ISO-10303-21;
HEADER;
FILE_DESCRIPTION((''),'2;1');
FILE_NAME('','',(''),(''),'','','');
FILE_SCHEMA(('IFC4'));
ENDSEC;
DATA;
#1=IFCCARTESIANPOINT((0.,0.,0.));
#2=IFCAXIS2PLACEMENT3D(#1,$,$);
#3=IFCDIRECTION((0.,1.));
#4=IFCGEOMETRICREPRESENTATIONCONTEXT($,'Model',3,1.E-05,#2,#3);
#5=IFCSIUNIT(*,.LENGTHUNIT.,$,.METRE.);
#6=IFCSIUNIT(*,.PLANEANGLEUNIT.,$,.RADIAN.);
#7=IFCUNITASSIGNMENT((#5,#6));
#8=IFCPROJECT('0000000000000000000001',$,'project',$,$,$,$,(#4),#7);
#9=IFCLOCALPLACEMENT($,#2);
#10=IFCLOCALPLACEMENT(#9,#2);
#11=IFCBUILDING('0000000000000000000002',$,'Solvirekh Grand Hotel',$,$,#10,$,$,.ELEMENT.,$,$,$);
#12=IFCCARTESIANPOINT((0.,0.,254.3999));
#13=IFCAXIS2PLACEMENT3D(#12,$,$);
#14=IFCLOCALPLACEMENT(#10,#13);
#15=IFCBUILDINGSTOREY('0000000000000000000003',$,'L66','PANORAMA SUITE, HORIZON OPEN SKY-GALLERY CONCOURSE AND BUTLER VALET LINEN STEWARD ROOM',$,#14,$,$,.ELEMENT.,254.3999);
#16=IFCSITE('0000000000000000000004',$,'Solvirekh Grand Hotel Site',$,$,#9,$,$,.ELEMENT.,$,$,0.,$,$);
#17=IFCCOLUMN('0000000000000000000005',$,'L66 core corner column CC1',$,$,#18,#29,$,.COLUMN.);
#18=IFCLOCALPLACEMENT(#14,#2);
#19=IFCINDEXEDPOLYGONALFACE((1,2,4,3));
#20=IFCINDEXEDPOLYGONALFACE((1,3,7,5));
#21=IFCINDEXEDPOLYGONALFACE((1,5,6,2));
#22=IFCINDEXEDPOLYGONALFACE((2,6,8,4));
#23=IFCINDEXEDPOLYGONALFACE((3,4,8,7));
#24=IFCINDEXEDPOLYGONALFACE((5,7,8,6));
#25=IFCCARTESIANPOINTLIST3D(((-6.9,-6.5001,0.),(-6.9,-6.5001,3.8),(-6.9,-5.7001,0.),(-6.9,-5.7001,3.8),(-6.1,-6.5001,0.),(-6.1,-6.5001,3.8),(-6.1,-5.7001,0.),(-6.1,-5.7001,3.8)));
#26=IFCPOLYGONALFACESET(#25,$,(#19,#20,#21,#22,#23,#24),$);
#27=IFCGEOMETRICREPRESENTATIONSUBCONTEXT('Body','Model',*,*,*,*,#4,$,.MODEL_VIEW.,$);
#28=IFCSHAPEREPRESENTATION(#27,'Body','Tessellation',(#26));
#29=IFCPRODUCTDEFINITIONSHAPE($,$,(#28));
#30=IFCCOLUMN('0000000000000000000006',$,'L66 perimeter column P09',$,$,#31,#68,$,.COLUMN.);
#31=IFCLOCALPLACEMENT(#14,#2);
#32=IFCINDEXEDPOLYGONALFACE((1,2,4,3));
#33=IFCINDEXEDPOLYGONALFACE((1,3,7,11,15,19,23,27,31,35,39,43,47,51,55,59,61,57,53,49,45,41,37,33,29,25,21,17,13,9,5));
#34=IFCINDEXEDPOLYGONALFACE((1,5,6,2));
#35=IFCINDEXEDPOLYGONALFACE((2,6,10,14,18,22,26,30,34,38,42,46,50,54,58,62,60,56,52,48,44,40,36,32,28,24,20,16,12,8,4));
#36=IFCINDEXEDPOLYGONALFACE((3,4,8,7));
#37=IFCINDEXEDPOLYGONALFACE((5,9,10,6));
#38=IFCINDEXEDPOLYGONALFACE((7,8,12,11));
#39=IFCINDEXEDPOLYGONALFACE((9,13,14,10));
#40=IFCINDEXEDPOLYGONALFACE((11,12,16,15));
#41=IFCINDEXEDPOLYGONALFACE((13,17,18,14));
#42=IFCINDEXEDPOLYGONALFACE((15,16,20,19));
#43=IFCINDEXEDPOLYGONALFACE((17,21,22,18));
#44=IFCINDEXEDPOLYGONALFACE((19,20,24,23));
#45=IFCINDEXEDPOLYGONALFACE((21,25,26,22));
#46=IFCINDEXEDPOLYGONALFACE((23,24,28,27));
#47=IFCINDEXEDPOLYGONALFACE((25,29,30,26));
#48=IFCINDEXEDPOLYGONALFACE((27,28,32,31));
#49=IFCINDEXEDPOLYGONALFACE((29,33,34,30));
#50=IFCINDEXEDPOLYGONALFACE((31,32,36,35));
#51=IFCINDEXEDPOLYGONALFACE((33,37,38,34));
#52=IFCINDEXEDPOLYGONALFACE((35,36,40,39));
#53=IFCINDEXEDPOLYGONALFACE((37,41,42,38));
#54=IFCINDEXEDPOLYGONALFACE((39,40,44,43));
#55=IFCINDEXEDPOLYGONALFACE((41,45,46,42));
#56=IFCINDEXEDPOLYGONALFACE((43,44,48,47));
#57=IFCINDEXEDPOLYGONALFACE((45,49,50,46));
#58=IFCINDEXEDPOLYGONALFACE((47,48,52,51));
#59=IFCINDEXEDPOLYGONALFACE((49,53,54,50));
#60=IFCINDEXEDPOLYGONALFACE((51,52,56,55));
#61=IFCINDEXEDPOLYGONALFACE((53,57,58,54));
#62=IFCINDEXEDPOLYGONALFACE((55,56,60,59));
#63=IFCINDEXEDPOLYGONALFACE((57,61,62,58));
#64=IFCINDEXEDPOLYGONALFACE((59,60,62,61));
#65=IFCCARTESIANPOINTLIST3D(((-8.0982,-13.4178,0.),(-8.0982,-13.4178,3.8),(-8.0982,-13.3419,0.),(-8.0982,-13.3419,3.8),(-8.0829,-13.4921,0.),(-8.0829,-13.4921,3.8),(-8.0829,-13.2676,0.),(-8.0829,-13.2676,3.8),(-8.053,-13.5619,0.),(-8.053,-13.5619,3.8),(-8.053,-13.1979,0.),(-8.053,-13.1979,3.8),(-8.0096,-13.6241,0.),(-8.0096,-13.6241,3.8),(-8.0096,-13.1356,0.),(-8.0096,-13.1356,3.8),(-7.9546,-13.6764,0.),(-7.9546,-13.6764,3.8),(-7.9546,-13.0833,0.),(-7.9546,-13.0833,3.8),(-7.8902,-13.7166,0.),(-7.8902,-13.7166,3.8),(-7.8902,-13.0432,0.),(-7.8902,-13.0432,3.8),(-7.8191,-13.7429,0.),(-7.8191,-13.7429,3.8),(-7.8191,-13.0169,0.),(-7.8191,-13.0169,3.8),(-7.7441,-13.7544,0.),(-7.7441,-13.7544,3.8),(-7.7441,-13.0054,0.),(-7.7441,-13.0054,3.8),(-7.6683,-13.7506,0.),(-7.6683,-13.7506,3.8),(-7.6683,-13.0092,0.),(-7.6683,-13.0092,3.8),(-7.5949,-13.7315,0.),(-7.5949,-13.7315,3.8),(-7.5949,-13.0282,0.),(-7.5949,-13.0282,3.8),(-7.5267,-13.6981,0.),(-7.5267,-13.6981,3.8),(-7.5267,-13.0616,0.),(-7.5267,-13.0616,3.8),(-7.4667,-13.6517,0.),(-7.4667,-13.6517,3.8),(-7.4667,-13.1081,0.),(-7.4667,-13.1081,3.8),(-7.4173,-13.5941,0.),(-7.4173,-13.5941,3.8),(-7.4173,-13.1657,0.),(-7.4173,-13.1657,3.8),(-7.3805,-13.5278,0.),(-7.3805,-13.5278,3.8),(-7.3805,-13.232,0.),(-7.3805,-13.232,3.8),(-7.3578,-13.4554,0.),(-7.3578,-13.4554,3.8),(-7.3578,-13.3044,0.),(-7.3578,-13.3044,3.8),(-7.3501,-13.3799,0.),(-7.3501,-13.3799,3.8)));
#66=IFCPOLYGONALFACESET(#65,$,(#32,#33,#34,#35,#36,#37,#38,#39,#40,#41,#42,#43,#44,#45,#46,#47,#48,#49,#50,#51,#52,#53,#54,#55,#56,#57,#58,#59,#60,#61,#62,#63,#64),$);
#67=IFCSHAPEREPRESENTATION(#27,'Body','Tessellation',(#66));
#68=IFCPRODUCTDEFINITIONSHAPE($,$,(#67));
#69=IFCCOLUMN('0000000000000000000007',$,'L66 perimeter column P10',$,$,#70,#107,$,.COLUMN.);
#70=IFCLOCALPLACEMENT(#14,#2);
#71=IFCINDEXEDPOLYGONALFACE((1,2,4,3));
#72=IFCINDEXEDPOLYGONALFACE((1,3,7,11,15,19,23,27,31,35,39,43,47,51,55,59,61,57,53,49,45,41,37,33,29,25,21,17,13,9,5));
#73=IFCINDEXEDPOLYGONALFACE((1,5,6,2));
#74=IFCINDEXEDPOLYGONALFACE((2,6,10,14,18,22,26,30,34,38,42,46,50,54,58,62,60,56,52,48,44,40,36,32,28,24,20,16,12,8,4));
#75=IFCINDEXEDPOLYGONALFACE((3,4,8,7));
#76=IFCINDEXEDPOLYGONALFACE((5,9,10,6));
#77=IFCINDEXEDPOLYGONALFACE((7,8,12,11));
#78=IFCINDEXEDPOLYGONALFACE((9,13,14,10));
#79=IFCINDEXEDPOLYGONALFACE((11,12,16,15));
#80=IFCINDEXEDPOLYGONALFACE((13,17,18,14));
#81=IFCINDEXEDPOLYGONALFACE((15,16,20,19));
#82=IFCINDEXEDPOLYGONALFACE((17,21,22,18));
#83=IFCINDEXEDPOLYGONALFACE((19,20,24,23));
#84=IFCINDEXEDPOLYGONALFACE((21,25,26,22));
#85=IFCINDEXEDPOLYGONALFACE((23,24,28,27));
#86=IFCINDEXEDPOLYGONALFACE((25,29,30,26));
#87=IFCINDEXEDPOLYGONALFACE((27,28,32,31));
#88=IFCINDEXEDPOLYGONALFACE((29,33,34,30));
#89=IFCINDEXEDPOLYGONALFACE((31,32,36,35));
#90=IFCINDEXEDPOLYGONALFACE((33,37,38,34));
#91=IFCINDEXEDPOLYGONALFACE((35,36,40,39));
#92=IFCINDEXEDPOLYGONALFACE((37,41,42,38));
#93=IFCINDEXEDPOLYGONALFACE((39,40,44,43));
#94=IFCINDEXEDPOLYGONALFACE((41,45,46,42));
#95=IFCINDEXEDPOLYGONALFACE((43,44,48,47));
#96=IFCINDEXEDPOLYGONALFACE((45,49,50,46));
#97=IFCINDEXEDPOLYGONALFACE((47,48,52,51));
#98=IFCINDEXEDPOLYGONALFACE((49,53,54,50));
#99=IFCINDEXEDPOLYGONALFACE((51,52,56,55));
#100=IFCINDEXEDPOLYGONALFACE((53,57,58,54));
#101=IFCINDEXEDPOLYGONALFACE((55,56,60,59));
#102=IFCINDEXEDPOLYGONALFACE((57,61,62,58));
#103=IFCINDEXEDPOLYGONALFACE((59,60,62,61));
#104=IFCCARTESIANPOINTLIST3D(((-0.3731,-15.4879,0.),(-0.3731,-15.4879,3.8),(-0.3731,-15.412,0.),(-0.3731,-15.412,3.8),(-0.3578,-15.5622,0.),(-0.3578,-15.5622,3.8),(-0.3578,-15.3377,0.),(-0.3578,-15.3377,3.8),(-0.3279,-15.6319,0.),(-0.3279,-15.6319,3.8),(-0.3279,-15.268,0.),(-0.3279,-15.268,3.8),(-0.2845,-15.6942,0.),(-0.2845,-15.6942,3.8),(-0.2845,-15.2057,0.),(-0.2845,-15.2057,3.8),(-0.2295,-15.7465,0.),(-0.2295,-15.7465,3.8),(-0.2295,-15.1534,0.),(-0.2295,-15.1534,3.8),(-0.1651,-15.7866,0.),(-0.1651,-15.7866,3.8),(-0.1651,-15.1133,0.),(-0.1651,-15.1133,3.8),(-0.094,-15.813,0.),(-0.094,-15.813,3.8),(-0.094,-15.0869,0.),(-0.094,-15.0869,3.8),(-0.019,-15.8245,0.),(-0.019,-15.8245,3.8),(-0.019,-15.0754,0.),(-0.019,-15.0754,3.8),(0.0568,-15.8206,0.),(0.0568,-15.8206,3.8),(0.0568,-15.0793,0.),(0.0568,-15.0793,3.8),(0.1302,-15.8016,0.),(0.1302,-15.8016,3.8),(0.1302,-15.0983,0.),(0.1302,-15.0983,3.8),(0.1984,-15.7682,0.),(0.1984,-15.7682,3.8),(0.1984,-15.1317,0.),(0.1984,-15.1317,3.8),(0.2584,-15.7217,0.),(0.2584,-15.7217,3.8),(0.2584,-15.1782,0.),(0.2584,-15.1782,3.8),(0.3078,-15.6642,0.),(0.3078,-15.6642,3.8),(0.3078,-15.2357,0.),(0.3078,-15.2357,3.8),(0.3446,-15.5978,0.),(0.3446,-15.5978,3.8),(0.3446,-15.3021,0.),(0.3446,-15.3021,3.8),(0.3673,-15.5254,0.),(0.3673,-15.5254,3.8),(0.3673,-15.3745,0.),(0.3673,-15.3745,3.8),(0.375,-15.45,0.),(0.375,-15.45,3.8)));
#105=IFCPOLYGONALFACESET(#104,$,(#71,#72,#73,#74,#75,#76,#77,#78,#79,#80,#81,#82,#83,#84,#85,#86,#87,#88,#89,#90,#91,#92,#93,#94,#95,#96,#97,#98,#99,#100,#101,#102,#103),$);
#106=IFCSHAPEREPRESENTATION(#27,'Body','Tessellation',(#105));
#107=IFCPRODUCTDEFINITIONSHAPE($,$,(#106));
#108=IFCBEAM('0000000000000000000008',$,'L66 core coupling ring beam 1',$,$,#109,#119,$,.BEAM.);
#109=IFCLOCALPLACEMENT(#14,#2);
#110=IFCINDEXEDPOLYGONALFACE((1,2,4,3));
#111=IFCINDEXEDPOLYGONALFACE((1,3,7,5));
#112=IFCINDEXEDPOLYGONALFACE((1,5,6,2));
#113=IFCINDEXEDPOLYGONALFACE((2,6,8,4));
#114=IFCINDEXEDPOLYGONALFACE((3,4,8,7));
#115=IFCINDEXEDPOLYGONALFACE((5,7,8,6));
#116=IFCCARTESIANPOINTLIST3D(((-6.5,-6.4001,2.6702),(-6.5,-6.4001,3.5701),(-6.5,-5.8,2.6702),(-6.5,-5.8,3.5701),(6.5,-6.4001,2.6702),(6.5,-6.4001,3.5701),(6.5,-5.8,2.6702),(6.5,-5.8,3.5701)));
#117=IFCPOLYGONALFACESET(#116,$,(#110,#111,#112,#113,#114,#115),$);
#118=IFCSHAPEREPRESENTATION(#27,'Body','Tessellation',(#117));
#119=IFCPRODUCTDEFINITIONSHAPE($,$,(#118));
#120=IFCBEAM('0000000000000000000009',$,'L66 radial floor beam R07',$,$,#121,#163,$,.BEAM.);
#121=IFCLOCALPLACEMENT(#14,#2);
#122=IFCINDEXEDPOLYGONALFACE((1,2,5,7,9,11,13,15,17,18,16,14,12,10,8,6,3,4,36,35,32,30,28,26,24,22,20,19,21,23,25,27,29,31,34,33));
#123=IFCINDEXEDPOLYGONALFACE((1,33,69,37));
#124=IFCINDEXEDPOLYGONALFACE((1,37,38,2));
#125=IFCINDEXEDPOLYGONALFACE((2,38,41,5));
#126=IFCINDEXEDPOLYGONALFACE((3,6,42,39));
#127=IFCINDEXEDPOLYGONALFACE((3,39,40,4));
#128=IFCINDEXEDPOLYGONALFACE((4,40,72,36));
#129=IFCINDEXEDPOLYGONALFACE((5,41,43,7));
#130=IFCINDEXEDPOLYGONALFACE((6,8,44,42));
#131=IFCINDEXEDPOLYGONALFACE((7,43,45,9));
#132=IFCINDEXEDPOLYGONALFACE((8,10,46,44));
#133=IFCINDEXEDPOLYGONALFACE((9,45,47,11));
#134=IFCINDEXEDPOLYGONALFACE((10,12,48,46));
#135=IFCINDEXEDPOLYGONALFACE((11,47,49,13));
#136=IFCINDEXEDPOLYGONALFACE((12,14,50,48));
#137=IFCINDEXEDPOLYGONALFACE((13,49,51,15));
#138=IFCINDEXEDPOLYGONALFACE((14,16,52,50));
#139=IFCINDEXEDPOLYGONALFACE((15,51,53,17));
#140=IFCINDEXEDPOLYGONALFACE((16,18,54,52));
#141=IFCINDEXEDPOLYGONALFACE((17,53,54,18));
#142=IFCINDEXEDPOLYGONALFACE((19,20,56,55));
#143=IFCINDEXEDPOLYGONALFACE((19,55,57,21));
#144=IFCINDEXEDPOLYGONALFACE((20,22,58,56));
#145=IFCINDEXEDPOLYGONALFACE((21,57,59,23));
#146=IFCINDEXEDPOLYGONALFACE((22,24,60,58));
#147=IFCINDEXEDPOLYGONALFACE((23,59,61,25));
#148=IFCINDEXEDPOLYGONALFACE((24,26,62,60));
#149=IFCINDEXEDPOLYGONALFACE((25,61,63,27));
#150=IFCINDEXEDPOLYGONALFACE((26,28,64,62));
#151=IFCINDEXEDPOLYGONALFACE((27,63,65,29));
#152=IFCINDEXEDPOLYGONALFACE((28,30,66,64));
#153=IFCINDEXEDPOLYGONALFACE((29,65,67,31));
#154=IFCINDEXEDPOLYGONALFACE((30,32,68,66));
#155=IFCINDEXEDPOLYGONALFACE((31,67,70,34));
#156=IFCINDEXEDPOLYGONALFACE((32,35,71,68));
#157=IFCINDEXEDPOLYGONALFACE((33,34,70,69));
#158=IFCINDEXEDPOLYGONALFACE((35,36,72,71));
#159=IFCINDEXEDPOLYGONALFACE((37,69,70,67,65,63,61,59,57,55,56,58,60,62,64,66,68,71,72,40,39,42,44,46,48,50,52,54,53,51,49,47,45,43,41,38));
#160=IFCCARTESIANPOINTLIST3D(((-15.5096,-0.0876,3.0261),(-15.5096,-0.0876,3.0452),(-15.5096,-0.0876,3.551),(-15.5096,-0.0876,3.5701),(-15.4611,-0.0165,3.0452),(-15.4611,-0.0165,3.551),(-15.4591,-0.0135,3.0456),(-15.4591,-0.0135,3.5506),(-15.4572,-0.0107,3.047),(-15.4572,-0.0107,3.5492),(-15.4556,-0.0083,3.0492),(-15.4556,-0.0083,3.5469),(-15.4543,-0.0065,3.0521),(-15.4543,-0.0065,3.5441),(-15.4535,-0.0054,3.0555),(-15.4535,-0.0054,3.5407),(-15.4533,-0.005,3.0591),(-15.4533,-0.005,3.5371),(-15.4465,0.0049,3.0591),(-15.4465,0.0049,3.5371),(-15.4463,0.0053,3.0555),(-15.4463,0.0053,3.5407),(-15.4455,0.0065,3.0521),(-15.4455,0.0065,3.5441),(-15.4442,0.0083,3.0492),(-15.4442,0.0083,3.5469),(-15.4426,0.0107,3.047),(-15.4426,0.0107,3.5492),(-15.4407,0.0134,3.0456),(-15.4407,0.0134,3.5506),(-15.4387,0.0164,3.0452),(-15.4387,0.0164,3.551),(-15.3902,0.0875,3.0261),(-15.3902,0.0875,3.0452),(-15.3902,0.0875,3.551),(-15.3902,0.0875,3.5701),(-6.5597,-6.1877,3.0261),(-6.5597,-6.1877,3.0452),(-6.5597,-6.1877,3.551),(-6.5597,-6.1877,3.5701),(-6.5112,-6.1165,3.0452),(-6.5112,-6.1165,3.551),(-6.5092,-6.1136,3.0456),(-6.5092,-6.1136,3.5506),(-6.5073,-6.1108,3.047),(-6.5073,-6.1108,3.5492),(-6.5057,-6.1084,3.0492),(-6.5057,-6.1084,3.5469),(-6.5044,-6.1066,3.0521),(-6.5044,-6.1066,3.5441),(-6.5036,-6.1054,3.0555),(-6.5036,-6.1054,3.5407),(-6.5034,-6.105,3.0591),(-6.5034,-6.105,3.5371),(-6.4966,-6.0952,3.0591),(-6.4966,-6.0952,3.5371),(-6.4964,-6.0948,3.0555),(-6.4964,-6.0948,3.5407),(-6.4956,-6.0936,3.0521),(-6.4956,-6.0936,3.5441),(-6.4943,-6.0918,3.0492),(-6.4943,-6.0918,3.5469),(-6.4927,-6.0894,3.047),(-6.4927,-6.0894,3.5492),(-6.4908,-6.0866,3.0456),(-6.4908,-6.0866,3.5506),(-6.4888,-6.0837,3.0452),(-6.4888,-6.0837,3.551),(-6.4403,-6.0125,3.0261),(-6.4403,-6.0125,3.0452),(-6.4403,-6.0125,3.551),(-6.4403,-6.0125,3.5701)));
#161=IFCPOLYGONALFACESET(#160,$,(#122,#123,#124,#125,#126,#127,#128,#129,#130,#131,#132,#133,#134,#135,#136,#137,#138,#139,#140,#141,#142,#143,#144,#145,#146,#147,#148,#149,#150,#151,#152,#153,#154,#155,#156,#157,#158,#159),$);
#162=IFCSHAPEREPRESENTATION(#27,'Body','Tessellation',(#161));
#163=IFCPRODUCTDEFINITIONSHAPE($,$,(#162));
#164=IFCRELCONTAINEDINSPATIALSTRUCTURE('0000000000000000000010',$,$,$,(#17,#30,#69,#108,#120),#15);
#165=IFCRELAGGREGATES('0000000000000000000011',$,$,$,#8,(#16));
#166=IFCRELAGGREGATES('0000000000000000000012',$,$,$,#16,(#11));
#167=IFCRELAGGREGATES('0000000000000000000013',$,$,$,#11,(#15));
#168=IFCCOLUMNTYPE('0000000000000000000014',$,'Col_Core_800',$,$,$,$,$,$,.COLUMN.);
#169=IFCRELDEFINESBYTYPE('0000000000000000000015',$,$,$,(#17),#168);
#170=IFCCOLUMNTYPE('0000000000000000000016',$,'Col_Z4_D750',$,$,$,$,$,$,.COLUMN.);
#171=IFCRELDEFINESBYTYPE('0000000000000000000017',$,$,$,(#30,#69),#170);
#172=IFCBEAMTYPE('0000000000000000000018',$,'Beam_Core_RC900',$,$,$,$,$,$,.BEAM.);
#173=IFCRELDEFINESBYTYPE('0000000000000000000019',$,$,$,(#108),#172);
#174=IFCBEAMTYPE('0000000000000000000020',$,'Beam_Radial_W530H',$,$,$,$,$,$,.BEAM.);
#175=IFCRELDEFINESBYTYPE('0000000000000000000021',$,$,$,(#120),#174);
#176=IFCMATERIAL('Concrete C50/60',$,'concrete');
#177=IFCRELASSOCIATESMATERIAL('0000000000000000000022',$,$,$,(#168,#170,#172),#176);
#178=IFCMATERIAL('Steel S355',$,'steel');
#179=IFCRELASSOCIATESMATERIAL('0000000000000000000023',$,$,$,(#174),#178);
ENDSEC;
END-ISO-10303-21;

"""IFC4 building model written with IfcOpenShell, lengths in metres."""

from ifc_helpers import new_model, si_unit, direction, frame, origin, origin_2d, place, context, subcontext, project, spatial, rectangle, circle, i_section, extrude, material, material_profile, profile_set, type_object, element, save


model = new_model("IFC4")

# Units and contexts
model_context = context("Model", 3, precision=1e-05, world=origin(), true_north=direction((0.0, 1.0)))
body_context = subcontext(model_context, "Body", "Model", "MODEL_VIEW")
ifc_project = project(units=[si_unit("LENGTHUNIT", "METRE"), si_unit("PLANEANGLEUNIT", "RADIAN")], contexts=[model_context])

# Site, building, storey
site_placement = place(None, origin())
site = spatial("IfcSite", under=ifc_project, at=site_placement, Name="Solvirekh Grand Hotel Site", CompositionType="ELEMENT", RefElevation=0.0)
building_placement = place(site_placement, origin())
building = spatial("IfcBuilding", under=site, at=building_placement, Name="Solvirekh Grand Hotel", CompositionType="ELEMENT")
storey_placement = place(building_placement, frame((0.0, 0.0, 254.3999)))
storey = spatial("IfcBuildingStorey", under=building, at=storey_placement, Name="L66", Description="PANORAMA SUITE, HORIZON OPEN SKY-GALLERY CONCOURSE AND BUTLER VALET LINEN STEWARD ROOM", CompositionType="ELEMENT", Elevation=254.3999)

# Columns
ifc_material_1 = material(Name="Concrete C50/60", Category="concrete")
ifc_material_profile_1 = material_profile(ifc_material_1, rectangle(XDim=0.8, YDim=0.8, at=origin_2d()), Name="RC 800X800")
ifc_profile_set_1 = profile_set([ifc_material_profile_1], Name="Concrete C50/60")
column_type_1 = type_object("IfcColumnType", Name="Col_Core_800", PredefinedType="COLUMN", material=ifc_profile_set_1)
column_placement = place(storey_placement, frame((-6.5, -6.1001, 0.0), z_axis=(0.0, 0.0, 1.0), x_axis=(1.0, 0.0, 0.0)))
element("IfcColumn", 1, at=column_placement, inside=storey, type_object=column_type_1, Name="L66 core corner column CC1", PredefinedType="COLUMN", context=body_context, shape_type="SweptSolid", body=[
    extrude(rectangle(XDim=0.8, YDim=0.8, at=origin_2d()), origin(), (0.0, 0.0, 1.0), 3.8),
])
ifc_material_profile_2 = material_profile(ifc_material_1, circle(Radius=0.375, at=origin_2d()), Name="RC CIRC D750")
ifc_profile_set_2 = profile_set([ifc_material_profile_2], Name="Concrete C50/60")
column_type_2 = type_object("IfcColumnType", Name="Col_Z4_D750", PredefinedType="COLUMN", material=ifc_profile_set_2)
for number, where, z_axis, x_axis, name in (
    (2, (-7.7251, -13.3799, 0.0), (0.0, 0.0, 1.0), (1.0, 0.0, 0.0), "L66 perimeter column P09"),
    (3, (0.0, -15.45, 0.0), (0.0, 0.0, 1.0), (1.0, 0.0, 0.0), "L66 perimeter column P10"),
):
    element("IfcColumn", number, at=place(storey_placement, frame(where, z_axis=z_axis, x_axis=x_axis)), inside=storey, type_object=column_type_2, Name=name, PredefinedType="COLUMN", context=body_context, shape_type="SweptSolid", body=[
        extrude(circle(Radius=0.375, at=origin_2d()), origin(), (0.0, 0.0, 1.0), 3.8),
    ])

# Beams
ifc_material_profile_3 = material_profile(ifc_material_1, rectangle(XDim=0.6001, YDim=0.8999, at=origin_2d()), Name="RC BEAM 600X900")
ifc_profile_set_3 = profile_set([ifc_material_profile_3], Name="Concrete C50/60")
beam_type_1 = type_object("IfcBeamType", Name="Beam_Core_RC900", PredefinedType="BEAM", material=ifc_profile_set_3)
beam_1_placement = place(storey_placement, frame((-6.5, -6.1001, 3.1201), z_axis=(1.0, 0.0, 0.0), x_axis=(0.0, 1.0, 0.0)))
element("IfcBeam", 4, at=beam_1_placement, inside=storey, type_object=beam_type_1, Name="L66 core coupling ring beam 1", PredefinedType="BEAM", context=body_context, shape_type="SweptSolid", body=[
    extrude(rectangle(XDim=0.6001, YDim=0.8999, at=origin_2d()), origin(), (0.0, 0.0, 1.0), 13.0),
])
ifc_material_2 = material(Name="Steel S355", Category="steel")
ifc_material_profile_4 = material_profile(ifc_material_2, i_section(OverallWidth=0.2119, OverallDepth=0.5439, WebThickness=0.012, FlangeThickness=0.019, FilletRadius=0.0139, at=origin_2d()), Name="W530X123")
ifc_profile_set_4 = profile_set([ifc_material_profile_4], Name="Steel S355")
beam_type_2 = type_object("IfcBeamType", Name="Beam_Radial_W530H", PredefinedType="BEAM", material=ifc_profile_set_4)
beam_2_placement = place(storey_placement, frame((-6.5, -6.1001, 3.2981), z_axis=(-0.826319, 0.563202, 0.0), x_axis=(-0.563202, -0.826319, 0.0)))
element("IfcBeam", 5, at=beam_2_placement, inside=storey, type_object=beam_type_2, Name="L66 radial floor beam R07", PredefinedType="BEAM", context=body_context, shape_type="SweptSolid", body=[
    extrude(i_section(OverallWidth=0.2119, OverallDepth=0.5439, WebThickness=0.012, FlangeThickness=0.019, FilletRadius=0.0139, at=origin_2d()), origin(), (0.0, 0.0, 1.0), 10.8311),
])

save(model, "model.ifc")
